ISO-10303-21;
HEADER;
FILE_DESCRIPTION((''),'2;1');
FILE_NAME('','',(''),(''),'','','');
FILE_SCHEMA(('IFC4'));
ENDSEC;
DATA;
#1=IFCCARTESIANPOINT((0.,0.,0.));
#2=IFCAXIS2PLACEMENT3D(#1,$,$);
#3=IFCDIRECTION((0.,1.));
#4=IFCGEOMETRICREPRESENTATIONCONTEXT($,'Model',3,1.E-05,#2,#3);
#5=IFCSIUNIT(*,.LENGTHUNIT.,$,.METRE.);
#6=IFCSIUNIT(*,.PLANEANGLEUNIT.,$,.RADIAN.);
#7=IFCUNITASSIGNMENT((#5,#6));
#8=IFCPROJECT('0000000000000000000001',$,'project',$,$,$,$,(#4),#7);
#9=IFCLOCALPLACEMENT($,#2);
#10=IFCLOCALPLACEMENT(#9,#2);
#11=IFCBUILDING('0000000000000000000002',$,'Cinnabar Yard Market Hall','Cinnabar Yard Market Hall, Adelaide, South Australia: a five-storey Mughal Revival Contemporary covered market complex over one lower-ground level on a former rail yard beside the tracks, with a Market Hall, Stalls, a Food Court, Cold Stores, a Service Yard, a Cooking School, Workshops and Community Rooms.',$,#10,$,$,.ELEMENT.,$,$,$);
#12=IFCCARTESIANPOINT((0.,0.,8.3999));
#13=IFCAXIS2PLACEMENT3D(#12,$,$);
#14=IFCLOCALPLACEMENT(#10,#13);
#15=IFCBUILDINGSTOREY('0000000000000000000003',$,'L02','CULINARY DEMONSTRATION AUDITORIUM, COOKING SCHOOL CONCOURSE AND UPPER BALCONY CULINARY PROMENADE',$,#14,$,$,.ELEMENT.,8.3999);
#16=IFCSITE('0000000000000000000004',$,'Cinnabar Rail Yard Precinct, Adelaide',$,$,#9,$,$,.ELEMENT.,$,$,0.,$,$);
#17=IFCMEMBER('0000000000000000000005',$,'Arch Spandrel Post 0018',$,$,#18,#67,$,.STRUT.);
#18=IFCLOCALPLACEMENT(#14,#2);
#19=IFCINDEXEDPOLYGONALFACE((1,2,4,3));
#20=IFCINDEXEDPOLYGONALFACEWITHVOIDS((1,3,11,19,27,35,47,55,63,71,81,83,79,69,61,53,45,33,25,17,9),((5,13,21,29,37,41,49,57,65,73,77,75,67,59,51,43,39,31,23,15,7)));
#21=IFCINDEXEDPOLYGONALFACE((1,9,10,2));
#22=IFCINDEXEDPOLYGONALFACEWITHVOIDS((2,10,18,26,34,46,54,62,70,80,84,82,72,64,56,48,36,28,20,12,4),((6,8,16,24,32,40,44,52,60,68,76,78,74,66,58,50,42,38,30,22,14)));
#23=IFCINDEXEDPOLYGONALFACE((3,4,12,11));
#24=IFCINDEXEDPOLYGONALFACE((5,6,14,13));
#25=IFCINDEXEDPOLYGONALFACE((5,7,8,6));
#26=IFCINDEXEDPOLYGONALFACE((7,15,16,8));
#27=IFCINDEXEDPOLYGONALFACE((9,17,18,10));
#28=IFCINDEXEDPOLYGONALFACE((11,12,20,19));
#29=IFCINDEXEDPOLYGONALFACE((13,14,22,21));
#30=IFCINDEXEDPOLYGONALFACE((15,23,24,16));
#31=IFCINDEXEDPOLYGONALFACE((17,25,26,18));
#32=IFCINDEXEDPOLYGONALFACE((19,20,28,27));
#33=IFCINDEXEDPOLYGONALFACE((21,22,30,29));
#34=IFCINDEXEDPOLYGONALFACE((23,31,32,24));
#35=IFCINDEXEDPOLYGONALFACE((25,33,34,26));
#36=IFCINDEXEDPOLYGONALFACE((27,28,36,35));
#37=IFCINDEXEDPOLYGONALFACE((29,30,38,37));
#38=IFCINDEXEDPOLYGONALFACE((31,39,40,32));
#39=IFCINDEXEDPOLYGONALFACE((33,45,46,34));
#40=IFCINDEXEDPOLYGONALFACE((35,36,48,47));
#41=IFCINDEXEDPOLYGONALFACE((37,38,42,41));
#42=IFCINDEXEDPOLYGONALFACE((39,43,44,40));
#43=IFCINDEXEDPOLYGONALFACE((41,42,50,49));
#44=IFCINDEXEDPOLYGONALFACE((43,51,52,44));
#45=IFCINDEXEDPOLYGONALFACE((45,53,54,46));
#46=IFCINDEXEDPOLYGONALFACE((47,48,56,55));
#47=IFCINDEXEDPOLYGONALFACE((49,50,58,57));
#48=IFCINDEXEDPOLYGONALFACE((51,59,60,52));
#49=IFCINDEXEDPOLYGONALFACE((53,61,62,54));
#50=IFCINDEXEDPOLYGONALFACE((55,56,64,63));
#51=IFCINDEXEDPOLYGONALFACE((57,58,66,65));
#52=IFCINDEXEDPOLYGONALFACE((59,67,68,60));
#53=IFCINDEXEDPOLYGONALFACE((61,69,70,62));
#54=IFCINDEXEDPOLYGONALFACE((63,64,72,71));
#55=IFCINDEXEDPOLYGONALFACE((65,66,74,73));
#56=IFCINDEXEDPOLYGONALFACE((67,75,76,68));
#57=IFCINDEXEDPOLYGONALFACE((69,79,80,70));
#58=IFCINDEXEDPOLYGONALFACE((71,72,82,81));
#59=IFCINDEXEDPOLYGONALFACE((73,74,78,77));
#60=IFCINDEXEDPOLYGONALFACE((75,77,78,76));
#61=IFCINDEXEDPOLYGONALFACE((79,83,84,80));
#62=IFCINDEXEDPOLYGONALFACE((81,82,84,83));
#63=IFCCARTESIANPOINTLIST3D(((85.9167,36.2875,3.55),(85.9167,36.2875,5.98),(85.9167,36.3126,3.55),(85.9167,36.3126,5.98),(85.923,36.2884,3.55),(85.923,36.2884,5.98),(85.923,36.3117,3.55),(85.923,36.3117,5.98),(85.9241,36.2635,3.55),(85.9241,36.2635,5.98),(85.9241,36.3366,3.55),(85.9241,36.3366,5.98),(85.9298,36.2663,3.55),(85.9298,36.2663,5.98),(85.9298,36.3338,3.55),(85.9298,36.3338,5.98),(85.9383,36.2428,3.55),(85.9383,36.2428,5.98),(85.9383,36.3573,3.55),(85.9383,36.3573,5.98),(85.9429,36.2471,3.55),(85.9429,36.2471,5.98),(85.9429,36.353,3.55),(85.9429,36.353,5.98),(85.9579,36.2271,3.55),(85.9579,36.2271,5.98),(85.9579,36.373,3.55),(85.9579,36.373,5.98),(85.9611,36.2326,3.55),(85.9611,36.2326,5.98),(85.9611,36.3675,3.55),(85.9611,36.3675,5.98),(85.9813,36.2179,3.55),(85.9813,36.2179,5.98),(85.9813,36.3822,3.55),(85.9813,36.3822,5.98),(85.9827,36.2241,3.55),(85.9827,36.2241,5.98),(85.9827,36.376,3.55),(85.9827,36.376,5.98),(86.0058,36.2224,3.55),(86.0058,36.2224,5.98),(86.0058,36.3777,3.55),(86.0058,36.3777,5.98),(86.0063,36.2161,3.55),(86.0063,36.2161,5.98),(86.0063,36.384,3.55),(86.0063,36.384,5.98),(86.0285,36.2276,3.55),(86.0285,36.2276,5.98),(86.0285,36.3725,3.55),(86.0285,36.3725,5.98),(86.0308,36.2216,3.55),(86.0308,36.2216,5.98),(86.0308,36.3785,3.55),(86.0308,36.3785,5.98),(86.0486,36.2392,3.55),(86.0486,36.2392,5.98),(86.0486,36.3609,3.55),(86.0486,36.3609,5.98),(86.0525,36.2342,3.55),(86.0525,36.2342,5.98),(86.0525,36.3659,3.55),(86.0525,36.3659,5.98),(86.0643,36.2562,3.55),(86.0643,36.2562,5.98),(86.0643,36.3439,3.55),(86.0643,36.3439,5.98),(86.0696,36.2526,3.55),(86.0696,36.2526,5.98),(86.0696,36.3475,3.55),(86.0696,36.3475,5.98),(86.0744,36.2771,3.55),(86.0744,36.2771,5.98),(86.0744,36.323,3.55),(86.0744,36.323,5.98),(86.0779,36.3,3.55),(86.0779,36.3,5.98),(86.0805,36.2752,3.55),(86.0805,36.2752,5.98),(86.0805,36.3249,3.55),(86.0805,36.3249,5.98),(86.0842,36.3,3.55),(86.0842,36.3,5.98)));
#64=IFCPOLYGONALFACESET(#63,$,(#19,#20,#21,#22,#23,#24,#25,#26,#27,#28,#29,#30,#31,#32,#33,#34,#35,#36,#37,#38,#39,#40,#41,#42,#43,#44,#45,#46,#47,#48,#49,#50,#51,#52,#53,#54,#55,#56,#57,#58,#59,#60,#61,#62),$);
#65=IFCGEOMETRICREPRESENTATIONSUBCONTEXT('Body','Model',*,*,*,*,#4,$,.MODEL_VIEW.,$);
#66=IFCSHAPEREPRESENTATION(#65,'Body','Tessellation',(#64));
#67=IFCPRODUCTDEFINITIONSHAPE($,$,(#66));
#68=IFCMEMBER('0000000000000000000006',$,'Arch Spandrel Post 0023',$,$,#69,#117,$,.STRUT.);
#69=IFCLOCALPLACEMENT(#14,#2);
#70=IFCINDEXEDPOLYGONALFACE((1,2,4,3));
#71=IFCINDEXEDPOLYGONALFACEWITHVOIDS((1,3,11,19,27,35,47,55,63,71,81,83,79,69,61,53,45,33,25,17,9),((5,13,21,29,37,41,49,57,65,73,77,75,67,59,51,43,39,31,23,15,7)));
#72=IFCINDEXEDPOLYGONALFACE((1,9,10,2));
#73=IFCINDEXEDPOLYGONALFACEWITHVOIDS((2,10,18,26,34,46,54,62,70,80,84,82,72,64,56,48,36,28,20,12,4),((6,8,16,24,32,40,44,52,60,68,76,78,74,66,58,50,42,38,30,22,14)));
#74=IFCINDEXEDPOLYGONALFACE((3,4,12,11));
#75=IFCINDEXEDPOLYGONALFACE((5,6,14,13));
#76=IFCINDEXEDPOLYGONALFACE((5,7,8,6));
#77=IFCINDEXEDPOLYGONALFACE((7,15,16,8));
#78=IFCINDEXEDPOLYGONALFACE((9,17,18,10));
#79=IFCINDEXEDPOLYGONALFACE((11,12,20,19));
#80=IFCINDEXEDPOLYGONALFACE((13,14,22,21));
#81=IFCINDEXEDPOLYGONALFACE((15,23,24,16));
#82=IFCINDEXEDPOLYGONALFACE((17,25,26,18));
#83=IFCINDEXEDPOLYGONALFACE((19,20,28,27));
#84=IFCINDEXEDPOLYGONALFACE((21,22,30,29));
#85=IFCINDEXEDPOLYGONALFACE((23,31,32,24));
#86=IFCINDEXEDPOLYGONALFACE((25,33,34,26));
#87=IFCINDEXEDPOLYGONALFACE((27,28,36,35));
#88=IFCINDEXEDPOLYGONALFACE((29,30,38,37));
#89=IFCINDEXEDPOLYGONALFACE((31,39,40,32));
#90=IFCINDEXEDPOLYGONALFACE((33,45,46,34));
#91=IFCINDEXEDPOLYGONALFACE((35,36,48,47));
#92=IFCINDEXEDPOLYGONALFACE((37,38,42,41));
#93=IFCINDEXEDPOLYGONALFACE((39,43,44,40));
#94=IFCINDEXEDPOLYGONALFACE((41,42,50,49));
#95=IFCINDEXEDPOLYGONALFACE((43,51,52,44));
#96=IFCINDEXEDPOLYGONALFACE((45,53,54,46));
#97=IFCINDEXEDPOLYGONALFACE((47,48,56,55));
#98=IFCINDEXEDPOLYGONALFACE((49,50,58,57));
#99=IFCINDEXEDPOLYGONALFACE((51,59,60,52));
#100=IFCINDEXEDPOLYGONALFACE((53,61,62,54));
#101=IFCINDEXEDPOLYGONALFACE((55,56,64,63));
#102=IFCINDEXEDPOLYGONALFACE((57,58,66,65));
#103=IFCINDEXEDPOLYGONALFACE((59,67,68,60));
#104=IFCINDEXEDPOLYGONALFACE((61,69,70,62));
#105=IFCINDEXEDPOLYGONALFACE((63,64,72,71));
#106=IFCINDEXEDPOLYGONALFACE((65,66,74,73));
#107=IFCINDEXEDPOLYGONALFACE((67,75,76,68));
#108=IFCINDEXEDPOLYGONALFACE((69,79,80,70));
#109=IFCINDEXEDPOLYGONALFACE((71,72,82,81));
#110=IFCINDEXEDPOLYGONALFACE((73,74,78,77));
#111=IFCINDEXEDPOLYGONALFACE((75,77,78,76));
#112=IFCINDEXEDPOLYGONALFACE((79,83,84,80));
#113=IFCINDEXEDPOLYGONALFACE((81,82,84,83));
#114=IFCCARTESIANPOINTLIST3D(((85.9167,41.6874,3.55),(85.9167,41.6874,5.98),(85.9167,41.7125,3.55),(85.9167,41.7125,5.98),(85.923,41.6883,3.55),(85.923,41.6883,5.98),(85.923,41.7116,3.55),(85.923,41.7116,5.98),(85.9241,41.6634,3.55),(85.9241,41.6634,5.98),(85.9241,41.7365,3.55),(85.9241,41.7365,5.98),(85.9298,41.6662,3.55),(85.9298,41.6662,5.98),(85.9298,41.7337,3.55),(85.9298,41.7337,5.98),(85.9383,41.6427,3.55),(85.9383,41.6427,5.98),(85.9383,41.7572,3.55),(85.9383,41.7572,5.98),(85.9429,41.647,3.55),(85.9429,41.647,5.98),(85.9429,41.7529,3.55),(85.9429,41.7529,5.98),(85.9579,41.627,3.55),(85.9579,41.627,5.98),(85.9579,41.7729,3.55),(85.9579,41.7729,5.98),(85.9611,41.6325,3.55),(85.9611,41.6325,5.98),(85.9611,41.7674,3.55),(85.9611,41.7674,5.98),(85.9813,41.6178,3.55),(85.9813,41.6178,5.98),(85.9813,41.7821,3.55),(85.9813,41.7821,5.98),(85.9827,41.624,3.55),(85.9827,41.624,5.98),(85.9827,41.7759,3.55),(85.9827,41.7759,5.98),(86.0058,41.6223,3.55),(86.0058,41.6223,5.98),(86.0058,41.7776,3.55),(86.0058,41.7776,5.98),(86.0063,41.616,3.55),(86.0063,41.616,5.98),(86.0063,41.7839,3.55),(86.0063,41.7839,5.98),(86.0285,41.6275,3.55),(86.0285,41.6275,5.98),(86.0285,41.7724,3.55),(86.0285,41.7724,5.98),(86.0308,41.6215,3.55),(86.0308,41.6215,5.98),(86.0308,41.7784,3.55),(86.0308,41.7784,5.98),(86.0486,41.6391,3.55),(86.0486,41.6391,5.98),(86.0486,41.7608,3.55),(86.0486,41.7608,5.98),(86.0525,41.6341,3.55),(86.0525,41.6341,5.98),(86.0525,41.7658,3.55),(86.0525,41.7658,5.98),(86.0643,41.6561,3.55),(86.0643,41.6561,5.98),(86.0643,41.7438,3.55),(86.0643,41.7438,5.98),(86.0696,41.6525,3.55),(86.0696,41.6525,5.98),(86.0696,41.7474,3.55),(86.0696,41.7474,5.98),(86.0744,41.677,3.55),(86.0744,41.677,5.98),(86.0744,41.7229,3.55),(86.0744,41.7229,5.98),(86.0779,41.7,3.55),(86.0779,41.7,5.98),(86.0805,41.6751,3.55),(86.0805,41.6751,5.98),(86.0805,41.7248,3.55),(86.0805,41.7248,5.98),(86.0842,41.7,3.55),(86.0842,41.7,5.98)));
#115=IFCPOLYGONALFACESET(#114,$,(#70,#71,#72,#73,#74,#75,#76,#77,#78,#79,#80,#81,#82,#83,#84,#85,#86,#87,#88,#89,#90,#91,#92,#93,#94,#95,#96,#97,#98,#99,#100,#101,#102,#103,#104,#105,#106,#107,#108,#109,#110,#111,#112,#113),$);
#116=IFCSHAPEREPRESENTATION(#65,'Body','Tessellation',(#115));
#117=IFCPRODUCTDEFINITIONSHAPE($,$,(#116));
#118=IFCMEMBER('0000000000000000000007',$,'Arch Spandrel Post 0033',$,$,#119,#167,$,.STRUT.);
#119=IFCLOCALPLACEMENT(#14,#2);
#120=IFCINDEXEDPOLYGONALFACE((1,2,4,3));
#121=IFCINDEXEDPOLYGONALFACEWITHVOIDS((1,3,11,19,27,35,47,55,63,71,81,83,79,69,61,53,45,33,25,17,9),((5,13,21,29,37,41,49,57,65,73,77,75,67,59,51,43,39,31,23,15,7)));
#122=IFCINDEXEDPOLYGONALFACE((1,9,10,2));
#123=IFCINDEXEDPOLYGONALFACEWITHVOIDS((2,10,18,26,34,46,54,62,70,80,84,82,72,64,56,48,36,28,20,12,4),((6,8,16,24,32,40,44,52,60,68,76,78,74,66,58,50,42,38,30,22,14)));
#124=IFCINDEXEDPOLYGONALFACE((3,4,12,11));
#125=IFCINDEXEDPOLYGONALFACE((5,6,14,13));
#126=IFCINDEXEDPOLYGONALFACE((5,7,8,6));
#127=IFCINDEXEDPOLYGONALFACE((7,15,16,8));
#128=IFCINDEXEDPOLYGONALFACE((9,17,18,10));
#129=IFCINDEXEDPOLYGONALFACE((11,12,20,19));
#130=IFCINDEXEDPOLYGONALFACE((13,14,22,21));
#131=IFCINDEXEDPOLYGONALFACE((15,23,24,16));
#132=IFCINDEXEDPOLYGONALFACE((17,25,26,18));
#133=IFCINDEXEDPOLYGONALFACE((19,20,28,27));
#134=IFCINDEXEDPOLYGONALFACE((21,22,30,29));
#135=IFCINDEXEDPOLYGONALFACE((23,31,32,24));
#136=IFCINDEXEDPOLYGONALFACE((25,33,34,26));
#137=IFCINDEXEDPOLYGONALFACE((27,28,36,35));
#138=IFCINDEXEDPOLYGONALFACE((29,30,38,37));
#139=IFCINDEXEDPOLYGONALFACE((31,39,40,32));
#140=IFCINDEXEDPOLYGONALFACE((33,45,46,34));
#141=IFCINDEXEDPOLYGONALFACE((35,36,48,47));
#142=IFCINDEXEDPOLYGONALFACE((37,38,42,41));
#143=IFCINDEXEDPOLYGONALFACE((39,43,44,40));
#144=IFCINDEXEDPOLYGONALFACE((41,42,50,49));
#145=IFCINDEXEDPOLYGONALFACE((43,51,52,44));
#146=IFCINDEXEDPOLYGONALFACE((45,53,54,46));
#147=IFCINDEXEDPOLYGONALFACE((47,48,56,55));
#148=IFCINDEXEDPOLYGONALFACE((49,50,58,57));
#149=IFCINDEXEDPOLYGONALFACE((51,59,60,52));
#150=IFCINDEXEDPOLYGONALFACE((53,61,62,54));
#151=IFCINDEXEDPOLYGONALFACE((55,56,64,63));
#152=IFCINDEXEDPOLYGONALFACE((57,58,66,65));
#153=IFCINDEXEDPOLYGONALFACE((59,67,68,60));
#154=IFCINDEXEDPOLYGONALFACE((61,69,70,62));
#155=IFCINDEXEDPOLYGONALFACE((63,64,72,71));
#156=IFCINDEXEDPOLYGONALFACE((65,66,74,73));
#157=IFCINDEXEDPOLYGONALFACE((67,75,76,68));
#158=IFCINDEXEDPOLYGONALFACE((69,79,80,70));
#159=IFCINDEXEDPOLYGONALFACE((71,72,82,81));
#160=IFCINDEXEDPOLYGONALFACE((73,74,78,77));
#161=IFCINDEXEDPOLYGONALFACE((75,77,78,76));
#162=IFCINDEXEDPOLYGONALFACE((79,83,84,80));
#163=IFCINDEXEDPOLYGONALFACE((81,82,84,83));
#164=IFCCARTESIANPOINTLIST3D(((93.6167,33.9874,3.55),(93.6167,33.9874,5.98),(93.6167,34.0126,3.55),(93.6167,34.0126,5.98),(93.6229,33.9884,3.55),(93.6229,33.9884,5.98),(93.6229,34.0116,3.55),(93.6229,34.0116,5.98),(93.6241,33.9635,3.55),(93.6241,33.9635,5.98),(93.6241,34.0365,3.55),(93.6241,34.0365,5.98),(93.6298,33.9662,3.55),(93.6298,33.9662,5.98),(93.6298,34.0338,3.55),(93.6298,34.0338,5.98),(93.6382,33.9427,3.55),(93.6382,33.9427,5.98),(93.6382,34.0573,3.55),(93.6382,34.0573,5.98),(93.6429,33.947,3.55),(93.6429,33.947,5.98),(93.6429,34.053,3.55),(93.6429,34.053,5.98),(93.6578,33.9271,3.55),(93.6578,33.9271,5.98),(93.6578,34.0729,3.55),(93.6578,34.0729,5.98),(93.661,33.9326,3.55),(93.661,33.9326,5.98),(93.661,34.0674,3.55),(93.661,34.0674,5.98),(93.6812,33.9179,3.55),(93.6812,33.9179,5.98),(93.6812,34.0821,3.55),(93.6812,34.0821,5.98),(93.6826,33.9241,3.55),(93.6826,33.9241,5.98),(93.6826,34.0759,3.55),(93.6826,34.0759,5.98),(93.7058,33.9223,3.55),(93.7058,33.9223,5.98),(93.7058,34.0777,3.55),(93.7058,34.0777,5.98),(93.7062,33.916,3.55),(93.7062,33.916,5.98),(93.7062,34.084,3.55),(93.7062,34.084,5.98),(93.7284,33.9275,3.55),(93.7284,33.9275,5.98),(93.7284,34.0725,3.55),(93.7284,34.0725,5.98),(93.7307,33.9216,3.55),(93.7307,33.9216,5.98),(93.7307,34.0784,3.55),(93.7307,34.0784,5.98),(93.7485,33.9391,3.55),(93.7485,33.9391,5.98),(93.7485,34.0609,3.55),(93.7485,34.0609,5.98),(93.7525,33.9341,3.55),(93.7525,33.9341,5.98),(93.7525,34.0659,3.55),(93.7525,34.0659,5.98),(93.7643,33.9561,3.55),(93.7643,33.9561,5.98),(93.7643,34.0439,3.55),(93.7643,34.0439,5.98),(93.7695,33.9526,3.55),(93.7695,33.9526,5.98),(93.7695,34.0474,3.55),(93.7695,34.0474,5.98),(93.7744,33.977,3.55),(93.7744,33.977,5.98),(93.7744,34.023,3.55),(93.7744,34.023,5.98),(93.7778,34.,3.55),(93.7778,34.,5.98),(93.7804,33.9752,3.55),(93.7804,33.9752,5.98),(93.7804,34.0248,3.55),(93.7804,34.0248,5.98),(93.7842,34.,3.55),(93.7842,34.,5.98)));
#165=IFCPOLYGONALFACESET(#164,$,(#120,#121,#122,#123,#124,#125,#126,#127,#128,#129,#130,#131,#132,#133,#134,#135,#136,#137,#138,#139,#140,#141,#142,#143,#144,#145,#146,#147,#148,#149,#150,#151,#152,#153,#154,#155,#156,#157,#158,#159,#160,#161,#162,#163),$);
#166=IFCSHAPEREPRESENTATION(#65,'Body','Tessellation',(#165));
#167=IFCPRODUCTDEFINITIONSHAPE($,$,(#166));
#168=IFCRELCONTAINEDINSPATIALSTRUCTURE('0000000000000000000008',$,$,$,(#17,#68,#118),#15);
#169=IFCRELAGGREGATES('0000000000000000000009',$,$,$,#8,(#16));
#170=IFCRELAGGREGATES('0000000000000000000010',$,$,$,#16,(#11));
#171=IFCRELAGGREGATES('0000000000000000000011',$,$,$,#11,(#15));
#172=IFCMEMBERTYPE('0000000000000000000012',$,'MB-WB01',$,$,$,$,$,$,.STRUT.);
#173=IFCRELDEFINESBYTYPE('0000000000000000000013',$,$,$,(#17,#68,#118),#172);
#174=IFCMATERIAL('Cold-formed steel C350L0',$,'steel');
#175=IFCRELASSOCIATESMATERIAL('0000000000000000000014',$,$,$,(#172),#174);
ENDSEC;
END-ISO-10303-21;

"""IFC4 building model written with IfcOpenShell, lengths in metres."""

from ifc_helpers import new_model, si_unit, direction, frame, origin, origin_2d_with_axis, place, context, subcontext, project, spatial, hollow_circle, extrude, material, material_profile, profile_set, type_object, element, save


model = new_model("IFC4")

# Units and contexts
model_context = context("Model", 3, precision=1e-05, world=origin(), true_north=direction((0.0, 1.0)))
body_context = subcontext(model_context, "Body", "Model", "MODEL_VIEW")
ifc_project = project(units=[si_unit("LENGTHUNIT", "METRE"), si_unit("PLANEANGLEUNIT", "RADIAN")], contexts=[model_context])

# Site, building, storey
site_placement = place(None, origin())
site = spatial("IfcSite", under=ifc_project, at=site_placement, Name="Cinnabar Rail Yard Precinct, Adelaide", CompositionType="ELEMENT", RefElevation=0.0)
building_placement = place(site_placement, origin())
building = spatial("IfcBuilding", under=site, at=building_placement, Name="Cinnabar Yard Market Hall", Description="Cinnabar Yard Market Hall, Adelaide, South Australia: a five-storey Mughal Revival Contemporary covered market complex over one lower-ground level on a former rail yard beside the tracks, with a Market Hall, Stalls, a Food Court, Cold Stores, a Service Yard, a Cooking School, Workshops and Community Rooms.", CompositionType="ELEMENT")
storey_placement = place(building_placement, frame((0.0, 0.0, 8.3999)))
storey = spatial("IfcBuildingStorey", under=building, at=storey_placement, Name="L02", Description="CULINARY DEMONSTRATION AUDITORIUM, COOKING SCHOOL CONCOURSE AND UPPER BALCONY CULINARY PROMENADE", CompositionType="ELEMENT", Elevation=8.3999)

# Members
ifc_material_1 = material(Name="Cold-formed steel C350L0", Category="steel")
ifc_material_profile_1 = material_profile(ifc_material_1, hollow_circle(Radius=0.0842, WallThickness=0.0063, at=origin_2d_with_axis()), Name="168.3x6.4CHS")
ifc_profile_set_1 = profile_set([ifc_material_profile_1], Name="Cold-formed steel C350L0")
member_type_1 = type_object("IfcMemberType", Name="MB-WB01", PredefinedType="STRUT", material=ifc_profile_set_1)
for number, where, z_axis, x_axis, name in (
    (1, (86.0, 36.3, 3.55), (0.0, 0.0, 1.0), (1.0, 0.0, 0.0), "Arch Spandrel Post 0018"),
    (2, (86.0, 41.7, 3.55), (0.0, 0.0, 1.0), (1.0, 0.0, 0.0), "Arch Spandrel Post 0023"),
    (3, (93.7, 34.0, 3.55), (0.0, 0.0, 1.0), (1.0, 0.0, 0.0), "Arch Spandrel Post 0033"),
):
    element("IfcMember", number, at=place(storey_placement, frame(where, z_axis=z_axis, x_axis=x_axis)), inside=storey, type_object=member_type_1, Name=name, PredefinedType="STRUT", context=body_context, shape_type="SweptSolid", body=[
        extrude(hollow_circle(Radius=0.0842, WallThickness=0.0063, at=origin_2d_with_axis()), origin(), (0.0, 0.0, 1.0), 2.4299),
    ])

save(model, "model.ifc")
